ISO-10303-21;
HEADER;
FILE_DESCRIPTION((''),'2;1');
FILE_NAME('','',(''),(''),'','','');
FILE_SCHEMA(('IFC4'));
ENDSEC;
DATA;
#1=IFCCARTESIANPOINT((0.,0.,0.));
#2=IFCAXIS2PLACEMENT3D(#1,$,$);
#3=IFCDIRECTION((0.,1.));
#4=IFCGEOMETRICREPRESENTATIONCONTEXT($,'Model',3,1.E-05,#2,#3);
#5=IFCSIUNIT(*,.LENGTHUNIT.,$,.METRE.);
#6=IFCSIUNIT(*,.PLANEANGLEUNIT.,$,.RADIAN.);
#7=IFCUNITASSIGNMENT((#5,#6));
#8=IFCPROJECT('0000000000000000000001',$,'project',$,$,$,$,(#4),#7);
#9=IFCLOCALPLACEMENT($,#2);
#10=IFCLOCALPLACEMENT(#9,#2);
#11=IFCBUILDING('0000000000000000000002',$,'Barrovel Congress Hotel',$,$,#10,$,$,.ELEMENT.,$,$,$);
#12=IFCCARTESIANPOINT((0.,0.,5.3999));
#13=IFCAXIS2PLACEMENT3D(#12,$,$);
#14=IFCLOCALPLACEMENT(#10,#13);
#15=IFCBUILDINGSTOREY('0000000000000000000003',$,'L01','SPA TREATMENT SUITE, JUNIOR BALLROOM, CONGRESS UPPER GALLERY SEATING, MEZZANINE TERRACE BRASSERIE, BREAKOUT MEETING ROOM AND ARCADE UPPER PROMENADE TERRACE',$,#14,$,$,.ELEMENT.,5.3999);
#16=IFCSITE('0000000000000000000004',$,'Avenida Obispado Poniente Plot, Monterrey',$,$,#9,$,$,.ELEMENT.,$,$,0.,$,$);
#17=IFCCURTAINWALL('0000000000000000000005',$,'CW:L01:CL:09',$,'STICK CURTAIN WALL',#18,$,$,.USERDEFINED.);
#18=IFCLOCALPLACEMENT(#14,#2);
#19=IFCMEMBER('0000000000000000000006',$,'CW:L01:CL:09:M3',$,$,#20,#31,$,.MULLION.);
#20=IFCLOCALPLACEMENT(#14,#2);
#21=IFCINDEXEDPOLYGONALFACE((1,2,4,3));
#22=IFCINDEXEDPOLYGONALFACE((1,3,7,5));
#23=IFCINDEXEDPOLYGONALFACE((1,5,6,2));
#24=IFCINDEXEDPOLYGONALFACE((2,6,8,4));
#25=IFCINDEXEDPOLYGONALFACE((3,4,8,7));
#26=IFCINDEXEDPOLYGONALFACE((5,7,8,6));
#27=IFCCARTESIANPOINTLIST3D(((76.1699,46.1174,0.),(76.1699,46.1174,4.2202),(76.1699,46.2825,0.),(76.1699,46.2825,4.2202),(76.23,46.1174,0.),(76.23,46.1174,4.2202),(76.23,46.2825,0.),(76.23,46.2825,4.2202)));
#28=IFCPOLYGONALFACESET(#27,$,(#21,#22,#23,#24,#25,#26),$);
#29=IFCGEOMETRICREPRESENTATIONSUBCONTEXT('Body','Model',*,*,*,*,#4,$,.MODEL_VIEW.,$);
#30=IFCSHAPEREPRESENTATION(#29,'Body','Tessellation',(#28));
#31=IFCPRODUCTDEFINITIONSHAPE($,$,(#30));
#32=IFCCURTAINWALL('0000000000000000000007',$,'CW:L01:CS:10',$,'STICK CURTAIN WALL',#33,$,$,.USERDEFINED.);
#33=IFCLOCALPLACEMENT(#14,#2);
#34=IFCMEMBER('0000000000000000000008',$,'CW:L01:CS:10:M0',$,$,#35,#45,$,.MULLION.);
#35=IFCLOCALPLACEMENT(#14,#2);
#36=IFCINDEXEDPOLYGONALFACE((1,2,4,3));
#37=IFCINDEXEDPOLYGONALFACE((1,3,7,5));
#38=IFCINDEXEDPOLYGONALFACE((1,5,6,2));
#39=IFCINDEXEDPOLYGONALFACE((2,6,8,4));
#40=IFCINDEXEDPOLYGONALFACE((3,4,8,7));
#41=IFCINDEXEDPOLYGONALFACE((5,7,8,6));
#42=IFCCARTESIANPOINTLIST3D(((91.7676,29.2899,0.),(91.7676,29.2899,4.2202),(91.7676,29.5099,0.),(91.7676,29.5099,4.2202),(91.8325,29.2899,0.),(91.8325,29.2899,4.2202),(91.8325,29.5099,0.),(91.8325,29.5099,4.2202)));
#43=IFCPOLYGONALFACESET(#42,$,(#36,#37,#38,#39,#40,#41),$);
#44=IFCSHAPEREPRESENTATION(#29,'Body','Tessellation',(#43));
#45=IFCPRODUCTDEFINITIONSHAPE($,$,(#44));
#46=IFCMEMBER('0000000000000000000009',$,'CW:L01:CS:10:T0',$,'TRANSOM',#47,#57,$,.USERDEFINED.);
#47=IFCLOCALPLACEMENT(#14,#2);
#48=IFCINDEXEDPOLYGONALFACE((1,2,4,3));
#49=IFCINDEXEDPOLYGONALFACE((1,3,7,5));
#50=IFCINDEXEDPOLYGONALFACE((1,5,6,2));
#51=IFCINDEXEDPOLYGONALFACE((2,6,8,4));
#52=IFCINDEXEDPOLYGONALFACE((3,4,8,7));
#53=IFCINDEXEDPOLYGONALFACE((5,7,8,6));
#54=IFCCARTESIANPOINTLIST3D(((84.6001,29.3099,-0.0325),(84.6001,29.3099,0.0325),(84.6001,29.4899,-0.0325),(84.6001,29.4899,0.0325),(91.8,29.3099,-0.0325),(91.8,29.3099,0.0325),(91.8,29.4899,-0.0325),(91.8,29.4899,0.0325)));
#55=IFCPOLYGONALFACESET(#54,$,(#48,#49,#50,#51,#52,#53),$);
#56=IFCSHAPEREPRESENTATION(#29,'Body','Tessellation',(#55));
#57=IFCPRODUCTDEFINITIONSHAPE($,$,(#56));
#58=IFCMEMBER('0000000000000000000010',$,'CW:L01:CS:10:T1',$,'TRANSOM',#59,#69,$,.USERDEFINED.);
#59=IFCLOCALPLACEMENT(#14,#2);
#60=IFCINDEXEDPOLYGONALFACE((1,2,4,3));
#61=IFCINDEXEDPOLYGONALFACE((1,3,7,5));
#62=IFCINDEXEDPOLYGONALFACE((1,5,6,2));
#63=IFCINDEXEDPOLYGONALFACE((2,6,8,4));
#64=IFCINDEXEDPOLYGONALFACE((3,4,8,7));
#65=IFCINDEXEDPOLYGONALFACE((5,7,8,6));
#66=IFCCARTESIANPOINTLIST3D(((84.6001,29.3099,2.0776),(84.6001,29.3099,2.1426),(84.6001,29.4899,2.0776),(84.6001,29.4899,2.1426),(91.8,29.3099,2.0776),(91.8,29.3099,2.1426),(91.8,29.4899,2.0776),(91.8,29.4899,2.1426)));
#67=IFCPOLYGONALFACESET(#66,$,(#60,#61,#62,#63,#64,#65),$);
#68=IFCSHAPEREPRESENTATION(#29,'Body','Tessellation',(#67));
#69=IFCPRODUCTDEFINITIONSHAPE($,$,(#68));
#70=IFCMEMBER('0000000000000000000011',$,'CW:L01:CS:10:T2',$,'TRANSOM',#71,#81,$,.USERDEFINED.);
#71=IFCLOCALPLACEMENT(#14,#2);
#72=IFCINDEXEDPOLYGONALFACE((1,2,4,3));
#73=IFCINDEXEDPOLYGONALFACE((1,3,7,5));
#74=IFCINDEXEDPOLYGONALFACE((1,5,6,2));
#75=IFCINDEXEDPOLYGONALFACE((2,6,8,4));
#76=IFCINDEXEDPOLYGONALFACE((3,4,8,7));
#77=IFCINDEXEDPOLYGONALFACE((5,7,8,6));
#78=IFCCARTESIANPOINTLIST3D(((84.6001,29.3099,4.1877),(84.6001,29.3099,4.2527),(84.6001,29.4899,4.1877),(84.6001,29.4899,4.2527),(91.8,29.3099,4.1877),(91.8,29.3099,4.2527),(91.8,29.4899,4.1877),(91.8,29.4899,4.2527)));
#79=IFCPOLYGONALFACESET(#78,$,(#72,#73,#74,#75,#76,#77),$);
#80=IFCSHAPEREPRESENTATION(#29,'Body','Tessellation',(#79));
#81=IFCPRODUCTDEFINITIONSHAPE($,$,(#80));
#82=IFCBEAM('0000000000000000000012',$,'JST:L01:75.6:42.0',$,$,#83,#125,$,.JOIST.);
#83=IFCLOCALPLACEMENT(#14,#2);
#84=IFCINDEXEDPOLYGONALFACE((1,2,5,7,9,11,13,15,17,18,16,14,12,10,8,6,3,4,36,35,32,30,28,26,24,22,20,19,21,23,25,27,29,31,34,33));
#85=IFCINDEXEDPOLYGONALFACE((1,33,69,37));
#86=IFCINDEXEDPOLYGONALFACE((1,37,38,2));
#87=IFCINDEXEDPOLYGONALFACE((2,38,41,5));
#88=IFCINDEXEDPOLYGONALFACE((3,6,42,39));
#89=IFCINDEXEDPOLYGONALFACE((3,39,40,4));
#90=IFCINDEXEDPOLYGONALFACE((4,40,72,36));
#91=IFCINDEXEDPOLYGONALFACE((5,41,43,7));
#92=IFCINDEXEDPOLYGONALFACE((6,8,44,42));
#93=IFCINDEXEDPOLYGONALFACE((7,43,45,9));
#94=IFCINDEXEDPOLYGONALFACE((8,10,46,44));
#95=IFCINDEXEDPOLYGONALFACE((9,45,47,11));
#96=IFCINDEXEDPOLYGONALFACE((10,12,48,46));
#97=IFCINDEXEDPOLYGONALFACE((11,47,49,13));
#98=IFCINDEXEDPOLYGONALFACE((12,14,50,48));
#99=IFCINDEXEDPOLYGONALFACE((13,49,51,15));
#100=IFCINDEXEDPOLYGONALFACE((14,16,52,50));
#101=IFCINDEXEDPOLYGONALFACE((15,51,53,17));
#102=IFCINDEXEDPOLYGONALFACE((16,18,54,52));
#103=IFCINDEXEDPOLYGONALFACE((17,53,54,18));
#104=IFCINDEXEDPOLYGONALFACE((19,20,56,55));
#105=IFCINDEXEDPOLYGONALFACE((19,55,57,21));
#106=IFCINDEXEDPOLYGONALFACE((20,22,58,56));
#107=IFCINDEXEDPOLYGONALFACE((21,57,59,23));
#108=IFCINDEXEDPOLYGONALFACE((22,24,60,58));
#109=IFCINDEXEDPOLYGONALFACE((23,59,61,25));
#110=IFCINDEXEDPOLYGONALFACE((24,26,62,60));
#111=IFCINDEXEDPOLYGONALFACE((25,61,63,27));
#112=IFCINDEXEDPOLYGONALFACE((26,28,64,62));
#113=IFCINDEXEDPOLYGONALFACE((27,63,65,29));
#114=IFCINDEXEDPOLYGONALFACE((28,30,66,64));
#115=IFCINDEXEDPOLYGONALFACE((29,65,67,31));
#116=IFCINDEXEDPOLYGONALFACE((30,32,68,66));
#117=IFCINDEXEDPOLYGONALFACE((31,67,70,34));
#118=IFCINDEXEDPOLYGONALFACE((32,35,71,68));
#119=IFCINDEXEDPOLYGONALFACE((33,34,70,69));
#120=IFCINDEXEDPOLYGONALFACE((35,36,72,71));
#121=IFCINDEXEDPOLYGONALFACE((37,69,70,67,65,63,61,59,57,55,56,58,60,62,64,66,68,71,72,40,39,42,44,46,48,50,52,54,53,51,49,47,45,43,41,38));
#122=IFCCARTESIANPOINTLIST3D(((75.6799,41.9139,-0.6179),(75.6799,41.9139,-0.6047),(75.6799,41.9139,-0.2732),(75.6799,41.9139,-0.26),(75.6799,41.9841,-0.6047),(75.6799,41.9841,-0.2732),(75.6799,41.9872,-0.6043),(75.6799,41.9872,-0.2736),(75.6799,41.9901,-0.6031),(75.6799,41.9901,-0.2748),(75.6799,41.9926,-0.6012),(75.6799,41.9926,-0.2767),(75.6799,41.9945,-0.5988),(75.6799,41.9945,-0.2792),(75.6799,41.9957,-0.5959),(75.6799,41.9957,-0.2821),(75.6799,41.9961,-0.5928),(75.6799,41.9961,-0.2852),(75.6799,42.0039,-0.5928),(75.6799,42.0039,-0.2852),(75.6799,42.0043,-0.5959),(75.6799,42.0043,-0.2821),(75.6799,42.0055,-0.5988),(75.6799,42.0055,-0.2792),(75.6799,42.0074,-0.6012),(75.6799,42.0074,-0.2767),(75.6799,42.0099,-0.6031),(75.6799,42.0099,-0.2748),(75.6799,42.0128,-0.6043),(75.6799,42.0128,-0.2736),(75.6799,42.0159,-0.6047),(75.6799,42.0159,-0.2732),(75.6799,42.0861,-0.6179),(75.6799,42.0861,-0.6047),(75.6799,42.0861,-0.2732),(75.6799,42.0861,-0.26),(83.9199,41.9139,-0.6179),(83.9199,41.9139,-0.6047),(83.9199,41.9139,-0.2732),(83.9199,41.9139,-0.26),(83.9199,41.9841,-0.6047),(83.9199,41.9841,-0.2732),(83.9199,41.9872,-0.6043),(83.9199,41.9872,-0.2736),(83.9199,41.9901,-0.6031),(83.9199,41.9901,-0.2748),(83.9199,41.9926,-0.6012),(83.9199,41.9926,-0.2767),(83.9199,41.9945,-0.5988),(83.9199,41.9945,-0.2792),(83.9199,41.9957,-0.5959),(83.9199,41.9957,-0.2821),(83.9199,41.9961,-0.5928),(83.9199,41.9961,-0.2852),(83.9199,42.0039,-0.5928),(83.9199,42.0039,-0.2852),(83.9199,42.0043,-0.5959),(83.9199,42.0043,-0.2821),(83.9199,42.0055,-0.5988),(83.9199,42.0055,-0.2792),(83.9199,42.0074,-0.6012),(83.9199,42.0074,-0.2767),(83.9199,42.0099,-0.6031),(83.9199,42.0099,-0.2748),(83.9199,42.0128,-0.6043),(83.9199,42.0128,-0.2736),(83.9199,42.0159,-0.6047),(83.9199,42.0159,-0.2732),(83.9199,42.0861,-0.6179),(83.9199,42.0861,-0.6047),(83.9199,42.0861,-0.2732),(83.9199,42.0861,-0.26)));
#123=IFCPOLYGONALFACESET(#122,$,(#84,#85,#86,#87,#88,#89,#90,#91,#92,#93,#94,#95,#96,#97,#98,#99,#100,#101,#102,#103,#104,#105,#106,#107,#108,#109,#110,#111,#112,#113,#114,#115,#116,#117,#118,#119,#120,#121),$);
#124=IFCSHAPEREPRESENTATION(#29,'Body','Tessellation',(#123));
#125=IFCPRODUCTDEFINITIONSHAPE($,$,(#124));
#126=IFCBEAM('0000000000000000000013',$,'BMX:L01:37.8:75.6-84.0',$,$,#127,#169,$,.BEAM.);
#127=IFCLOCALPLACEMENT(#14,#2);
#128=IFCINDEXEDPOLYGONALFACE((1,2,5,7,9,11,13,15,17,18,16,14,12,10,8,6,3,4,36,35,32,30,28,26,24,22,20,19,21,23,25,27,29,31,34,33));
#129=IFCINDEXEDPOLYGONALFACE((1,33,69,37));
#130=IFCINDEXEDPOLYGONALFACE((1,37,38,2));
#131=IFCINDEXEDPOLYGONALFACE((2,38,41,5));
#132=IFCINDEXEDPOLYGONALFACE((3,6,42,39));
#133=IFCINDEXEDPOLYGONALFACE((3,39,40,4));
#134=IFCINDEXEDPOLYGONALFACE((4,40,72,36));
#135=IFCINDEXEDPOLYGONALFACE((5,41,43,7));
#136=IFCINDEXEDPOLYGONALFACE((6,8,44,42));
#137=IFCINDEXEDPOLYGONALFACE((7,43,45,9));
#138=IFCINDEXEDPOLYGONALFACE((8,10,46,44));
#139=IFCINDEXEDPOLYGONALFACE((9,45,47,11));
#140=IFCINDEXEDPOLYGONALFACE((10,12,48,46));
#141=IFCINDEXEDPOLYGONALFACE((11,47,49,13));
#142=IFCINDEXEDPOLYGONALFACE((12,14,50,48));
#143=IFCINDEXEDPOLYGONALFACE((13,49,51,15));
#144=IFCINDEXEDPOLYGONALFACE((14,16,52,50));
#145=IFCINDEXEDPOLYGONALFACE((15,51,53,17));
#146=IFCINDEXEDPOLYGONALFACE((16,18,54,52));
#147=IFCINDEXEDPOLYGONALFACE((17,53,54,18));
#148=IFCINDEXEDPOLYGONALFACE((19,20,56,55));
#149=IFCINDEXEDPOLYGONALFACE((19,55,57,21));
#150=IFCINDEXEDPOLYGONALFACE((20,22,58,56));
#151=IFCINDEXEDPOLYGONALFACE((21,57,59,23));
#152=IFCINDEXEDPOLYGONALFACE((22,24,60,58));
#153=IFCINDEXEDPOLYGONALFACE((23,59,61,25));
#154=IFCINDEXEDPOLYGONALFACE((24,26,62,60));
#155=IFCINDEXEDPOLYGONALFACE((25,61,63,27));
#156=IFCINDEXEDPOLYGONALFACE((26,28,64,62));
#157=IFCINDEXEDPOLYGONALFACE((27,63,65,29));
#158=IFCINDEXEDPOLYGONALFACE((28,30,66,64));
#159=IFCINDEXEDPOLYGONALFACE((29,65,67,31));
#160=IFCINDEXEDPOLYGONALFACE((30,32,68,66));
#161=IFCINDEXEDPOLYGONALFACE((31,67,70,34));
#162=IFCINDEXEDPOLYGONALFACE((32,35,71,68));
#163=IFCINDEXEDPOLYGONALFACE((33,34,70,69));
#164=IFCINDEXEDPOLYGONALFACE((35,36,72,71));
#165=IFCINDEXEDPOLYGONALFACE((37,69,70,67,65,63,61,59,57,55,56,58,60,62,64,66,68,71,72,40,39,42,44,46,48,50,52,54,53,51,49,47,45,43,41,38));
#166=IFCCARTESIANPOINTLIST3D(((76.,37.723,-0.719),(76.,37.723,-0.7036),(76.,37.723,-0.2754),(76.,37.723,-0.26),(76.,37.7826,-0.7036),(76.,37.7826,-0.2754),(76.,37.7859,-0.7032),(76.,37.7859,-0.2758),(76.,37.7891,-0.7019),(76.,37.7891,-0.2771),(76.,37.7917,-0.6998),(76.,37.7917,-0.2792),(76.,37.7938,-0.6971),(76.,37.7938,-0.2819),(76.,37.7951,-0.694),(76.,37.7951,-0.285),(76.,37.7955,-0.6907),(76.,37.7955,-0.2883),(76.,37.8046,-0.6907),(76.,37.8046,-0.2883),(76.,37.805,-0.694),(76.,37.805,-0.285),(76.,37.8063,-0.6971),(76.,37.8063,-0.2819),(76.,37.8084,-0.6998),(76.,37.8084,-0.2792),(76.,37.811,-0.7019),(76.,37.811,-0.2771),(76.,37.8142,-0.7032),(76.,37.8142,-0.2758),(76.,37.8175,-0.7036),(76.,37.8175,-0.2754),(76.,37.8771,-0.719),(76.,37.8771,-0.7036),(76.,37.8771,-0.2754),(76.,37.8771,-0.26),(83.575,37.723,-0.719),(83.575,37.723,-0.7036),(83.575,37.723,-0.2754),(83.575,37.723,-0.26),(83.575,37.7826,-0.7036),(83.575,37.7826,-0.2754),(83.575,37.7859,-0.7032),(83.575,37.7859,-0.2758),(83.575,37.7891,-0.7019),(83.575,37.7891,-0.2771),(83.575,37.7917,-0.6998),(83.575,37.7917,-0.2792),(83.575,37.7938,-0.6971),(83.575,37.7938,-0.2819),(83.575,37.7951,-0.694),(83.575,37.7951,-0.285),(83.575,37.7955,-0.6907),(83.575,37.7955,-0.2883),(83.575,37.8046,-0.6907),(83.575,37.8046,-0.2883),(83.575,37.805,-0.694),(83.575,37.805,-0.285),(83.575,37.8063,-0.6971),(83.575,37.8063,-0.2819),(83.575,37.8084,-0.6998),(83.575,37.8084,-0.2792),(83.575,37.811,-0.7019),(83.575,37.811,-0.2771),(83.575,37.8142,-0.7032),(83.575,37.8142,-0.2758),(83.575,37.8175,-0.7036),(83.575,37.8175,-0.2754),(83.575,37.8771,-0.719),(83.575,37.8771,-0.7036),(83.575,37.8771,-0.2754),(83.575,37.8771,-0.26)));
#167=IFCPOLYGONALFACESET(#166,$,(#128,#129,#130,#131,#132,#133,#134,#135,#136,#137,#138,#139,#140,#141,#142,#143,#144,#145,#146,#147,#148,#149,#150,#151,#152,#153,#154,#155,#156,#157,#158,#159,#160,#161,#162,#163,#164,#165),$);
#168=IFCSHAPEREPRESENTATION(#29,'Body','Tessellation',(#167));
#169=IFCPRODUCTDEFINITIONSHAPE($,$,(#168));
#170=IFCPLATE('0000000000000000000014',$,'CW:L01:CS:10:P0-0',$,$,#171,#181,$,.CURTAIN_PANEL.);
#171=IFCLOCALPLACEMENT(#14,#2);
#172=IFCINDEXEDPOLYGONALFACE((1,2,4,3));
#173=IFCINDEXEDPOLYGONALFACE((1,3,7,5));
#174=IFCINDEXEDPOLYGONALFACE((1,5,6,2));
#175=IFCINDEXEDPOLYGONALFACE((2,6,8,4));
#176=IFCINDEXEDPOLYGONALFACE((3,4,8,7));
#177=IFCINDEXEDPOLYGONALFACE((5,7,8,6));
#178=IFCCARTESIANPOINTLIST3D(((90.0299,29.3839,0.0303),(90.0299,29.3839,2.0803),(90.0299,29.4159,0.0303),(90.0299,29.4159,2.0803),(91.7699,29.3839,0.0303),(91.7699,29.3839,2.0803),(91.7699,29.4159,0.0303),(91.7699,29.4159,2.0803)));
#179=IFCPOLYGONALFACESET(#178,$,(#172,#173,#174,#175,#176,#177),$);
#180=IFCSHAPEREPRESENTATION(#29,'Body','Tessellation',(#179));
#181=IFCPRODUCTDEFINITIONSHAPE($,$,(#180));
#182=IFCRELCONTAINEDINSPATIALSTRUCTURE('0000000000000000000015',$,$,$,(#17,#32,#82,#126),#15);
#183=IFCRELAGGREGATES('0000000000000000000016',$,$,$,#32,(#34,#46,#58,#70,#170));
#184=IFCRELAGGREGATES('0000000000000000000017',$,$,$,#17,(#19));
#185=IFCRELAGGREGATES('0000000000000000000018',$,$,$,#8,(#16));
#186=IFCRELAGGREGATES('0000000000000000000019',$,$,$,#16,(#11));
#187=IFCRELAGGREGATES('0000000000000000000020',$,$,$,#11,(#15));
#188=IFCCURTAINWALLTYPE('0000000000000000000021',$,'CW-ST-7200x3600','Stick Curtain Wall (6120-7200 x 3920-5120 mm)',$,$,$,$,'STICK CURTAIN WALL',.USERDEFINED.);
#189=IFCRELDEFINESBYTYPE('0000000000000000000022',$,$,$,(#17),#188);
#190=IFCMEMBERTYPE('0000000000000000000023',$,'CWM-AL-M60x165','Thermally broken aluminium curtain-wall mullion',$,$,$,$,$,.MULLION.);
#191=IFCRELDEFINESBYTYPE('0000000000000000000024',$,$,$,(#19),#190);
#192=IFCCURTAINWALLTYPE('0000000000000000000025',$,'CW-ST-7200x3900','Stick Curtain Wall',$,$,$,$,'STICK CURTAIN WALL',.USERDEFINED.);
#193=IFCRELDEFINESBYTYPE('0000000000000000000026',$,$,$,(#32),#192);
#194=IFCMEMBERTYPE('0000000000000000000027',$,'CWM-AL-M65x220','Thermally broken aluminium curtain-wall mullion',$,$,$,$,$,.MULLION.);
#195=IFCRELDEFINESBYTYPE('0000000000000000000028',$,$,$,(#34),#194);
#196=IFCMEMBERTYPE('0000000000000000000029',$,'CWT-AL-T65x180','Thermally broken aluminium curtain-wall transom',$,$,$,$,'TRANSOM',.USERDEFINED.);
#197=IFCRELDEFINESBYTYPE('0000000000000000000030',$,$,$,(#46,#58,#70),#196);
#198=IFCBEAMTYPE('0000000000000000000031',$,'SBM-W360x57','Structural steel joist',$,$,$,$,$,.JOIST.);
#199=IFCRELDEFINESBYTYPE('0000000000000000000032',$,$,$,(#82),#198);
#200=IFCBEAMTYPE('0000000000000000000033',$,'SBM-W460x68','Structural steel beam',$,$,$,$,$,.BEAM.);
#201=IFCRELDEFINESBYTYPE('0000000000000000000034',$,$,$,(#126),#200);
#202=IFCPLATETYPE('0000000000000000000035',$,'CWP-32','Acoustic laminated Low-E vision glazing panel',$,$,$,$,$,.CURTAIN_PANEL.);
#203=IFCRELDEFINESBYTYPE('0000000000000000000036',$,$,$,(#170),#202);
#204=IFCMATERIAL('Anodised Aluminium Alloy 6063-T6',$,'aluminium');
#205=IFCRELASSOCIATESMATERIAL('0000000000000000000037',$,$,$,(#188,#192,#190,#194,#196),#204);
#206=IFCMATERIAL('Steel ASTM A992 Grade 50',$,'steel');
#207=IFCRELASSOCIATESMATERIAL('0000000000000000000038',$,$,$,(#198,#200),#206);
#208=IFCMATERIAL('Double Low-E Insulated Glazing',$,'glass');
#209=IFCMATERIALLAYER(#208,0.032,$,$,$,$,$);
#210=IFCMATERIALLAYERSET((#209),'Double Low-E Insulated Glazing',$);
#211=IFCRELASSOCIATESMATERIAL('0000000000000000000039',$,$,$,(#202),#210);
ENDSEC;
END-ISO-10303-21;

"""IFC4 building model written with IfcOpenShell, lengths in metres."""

from ifc_helpers import new_model, si_unit, direction, frame, origin, origin_2d, place, context, subcontext, project, spatial, rectangle, i_section, extrude, material, layer, layer_set, material_profile, profile_set, type_object, element, aggregate, save


model = new_model("IFC4")

# Units and contexts
model_context = context("Model", 3, precision=1e-05, world=origin(), true_north=direction((0.0, 1.0)))
body_context = subcontext(model_context, "Body", "Model", "MODEL_VIEW")
ifc_project = project(units=[si_unit("LENGTHUNIT", "METRE"), si_unit("PLANEANGLEUNIT", "RADIAN")], contexts=[model_context])

# Site, building, storey
site_placement = place(None, origin())
site = spatial("IfcSite", under=ifc_project, at=site_placement, Name="Avenida Obispado Poniente Plot, Monterrey", CompositionType="ELEMENT", RefElevation=0.0)
building_placement = place(site_placement, origin())
building = spatial("IfcBuilding", under=site, at=building_placement, Name="Barrovel Congress Hotel", CompositionType="ELEMENT")
storey_placement = place(building_placement, frame((0.0, 0.0, 5.3999)))
storey = spatial("IfcBuildingStorey", under=building, at=storey_placement, Name="L01", Description="SPA TREATMENT SUITE, JUNIOR BALLROOM, CONGRESS UPPER GALLERY SEATING, MEZZANINE TERRACE BRASSERIE, BREAKOUT MEETING ROOM AND ARCADE UPPER PROMENADE TERRACE", CompositionType="ELEMENT", Elevation=5.3999)

# Curtain wall, member
ifc_material_1 = material(Name="Anodised Aluminium Alloy 6063-T6", Category="aluminium")
curtain_wall_type_1 = type_object("IfcCurtainWallType", Name="CW-ST-7200x3600", Description="Stick Curtain Wall (6120-7200 x 3920-5120 mm)", ElementType="STICK CURTAIN WALL", PredefinedType="USERDEFINED", material=ifc_material_1)
curtain_wall_1_placement = place(storey_placement, origin())
curtain_wall_1 = element("IfcCurtainWall", 1, at=curtain_wall_1_placement, inside=storey, type_object=curtain_wall_type_1, Name="CW:L01:CL:09", ObjectType="STICK CURTAIN WALL", PredefinedType="USERDEFINED")
ifc_material_profile_1 = material_profile(ifc_material_1, rectangle(XDim=0.0601, YDim=0.165, at=origin_2d()), Name="AL-M60x165")
ifc_profile_set_1 = profile_set([ifc_material_profile_1], Name="Anodised Aluminium Alloy 6063-T6")
member_type_1 = type_object("IfcMemberType", Name="CWM-AL-M60x165", Description="Thermally broken aluminium curtain-wall mullion", PredefinedType="MULLION", material=ifc_profile_set_1)
member_1_placement = place(storey_placement, frame((76.2, 46.2, 0.0), z_axis=(0.0, 0.0, 1.0), x_axis=(1.0, 0.0, 0.0)))
member_1 = element("IfcMember", 2, at=member_1_placement, type_object=member_type_1, Name="CW:L01:CL:09:M3", PredefinedType="MULLION", context=body_context, shape_type="SweptSolid", body=[
    extrude(rectangle(XDim=0.0601, YDim=0.165, at=origin_2d()), origin(), (0.0, 0.0, 1.0), 4.2202),
])

# Curtain wall, members
curtain_wall_type_2 = type_object("IfcCurtainWallType", Name="CW-ST-7200x3900", Description="Stick Curtain Wall", ElementType="STICK CURTAIN WALL", PredefinedType="USERDEFINED", material=ifc_material_1)
curtain_wall_2_placement = place(storey_placement, origin())
curtain_wall_2 = element("IfcCurtainWall", 3, at=curtain_wall_2_placement, inside=storey, type_object=curtain_wall_type_2, Name="CW:L01:CS:10", ObjectType="STICK CURTAIN WALL", PredefinedType="USERDEFINED")
ifc_material_profile_2 = material_profile(ifc_material_1, rectangle(XDim=0.0649, YDim=0.22, at=origin_2d()), Name="AL-M65x220")
ifc_profile_set_2 = profile_set([ifc_material_profile_2], Name="Anodised Aluminium Alloy 6063-T6")
member_type_2 = type_object("IfcMemberType", Name="CWM-AL-M65x220", Description="Thermally broken aluminium curtain-wall mullion", PredefinedType="MULLION", material=ifc_profile_set_2)
member_2_placement = place(storey_placement, frame((91.8, 29.3999, 0.0), z_axis=(0.0, 0.0, 1.0), x_axis=(1.0, 0.0, 0.0)))
member_2 = element("IfcMember", 4, at=member_2_placement, type_object=member_type_2, Name="CW:L01:CS:10:M0", PredefinedType="MULLION", context=body_context, shape_type="SweptSolid", body=[
    extrude(rectangle(XDim=0.0649, YDim=0.22, at=origin_2d()), origin(), (0.0, 0.0, 1.0), 4.2202),
])
ifc_material_profile_3 = material_profile(ifc_material_1, rectangle(XDim=0.1799, YDim=0.0649, at=origin_2d()), Name="AL-T65x180")
ifc_profile_set_3 = profile_set([ifc_material_profile_3], Name="Anodised Aluminium Alloy 6063-T6")
member_type_3 = type_object("IfcMemberType", Name="CWT-AL-T65x180", Description="Thermally broken aluminium curtain-wall transom", ElementType="TRANSOM", PredefinedType="USERDEFINED", material=ifc_profile_set_3)
member_3_placement = place(storey_placement, frame((91.8, 29.3999, 0.0), z_axis=(-1.0, 0.0, 0.0), x_axis=(0.0, -1.0, 0.0)))
member_3 = element("IfcMember", 5, at=member_3_placement, type_object=member_type_3, Name="CW:L01:CS:10:T0", ObjectType="TRANSOM", PredefinedType="USERDEFINED", context=body_context, shape_type="SweptSolid", body=[
    extrude(rectangle(XDim=0.1799, YDim=0.0649, at=origin_2d()), origin(), (0.0, 0.0, 1.0), 7.2),
])
member_4_placement = place(storey_placement, frame((91.8, 29.3999, 2.1101), z_axis=(-1.0, 0.0, 0.0), x_axis=(0.0, -1.0, 0.0)))
member_4 = element("IfcMember", 6, at=member_4_placement, type_object=member_type_3, Name="CW:L01:CS:10:T1", ObjectType="TRANSOM", PredefinedType="USERDEFINED", context=body_context, shape_type="SweptSolid", body=[
    extrude(rectangle(XDim=0.1799, YDim=0.0649, at=origin_2d()), origin(), (0.0, 0.0, 1.0), 7.2),
])
member_5_placement = place(storey_placement, frame((91.8, 29.3999, 4.2202), z_axis=(-1.0, 0.0, 0.0), x_axis=(0.0, -1.0, 0.0)))
member_5 = element("IfcMember", 7, at=member_5_placement, type_object=member_type_3, Name="CW:L01:CS:10:T2", ObjectType="TRANSOM", PredefinedType="USERDEFINED", context=body_context, shape_type="SweptSolid", body=[
    extrude(rectangle(XDim=0.1799, YDim=0.0649, at=origin_2d()), origin(), (0.0, 0.0, 1.0), 7.2),
])

# Beams
ifc_material_2 = material(Name="Steel ASTM A992 Grade 50", Category="steel")
ifc_material_profile_4 = material_profile(ifc_material_2, i_section(OverallWidth=0.1721, OverallDepth=0.3579, WebThickness=0.0078, FlangeThickness=0.0132, FilletRadius=0.012, at=origin_2d()), Name="W360x57")
ifc_profile_set_4 = profile_set([ifc_material_profile_4], Name="Steel ASTM A992 Grade 50")
beam_type_1 = type_object("IfcBeamType", Name="SBM-W360x57", Description="Structural steel joist", PredefinedType="JOIST", material=ifc_profile_set_4)
beam_1_placement = place(storey_placement, frame((75.6799, 42.0, -0.439), z_axis=(1.0, 0.0, 0.0), x_axis=(0.0, 1.0, 0.0)))
element("IfcBeam", 8, at=beam_1_placement, inside=storey, type_object=beam_type_1, Name="JST:L01:75.6:42.0", PredefinedType="JOIST", context=body_context, shape_type="SweptSolid", body=[
    extrude(i_section(OverallWidth=0.1721, OverallDepth=0.3579, WebThickness=0.0078, FlangeThickness=0.0132, FilletRadius=0.012, at=origin_2d()), origin(), (0.0, 0.0, 1.0), 8.24),
])
ifc_material_profile_5 = material_profile(ifc_material_2, i_section(OverallWidth=0.1541, OverallDepth=0.459, WebThickness=0.009, FlangeThickness=0.0154, FilletRadius=0.0129, at=origin_2d()), Name="W460x68")
ifc_profile_set_5 = profile_set([ifc_material_profile_5], Name="Steel ASTM A992 Grade 50")
beam_type_2 = type_object("IfcBeamType", Name="SBM-W460x68", Description="Structural steel beam", PredefinedType="BEAM", material=ifc_profile_set_5)
beam_2_placement = place(storey_placement, frame((76.0, 37.8, -0.4895), z_axis=(1.0, 0.0, 0.0), x_axis=(0.0, 1.0, 0.0)))
element("IfcBeam", 9, at=beam_2_placement, inside=storey, type_object=beam_type_2, Name="BMX:L01:37.8:75.6-84.0", PredefinedType="BEAM", context=body_context, shape_type="SweptSolid", body=[
    extrude(i_section(OverallWidth=0.1541, OverallDepth=0.459, WebThickness=0.009, FlangeThickness=0.0154, FilletRadius=0.0129, at=origin_2d()), origin(), (0.0, 0.0, 1.0), 7.575),
])

# Plate
ifc_material_3 = material(Name="Double Low-E Insulated Glazing", Category="glass")
ifc_layer_1 = layer(ifc_material_3, 0.032)
ifc_layer_set_1 = layer_set([ifc_layer_1], Name="Double Low-E Insulated Glazing")
plate_type = type_object("IfcPlateType", Name="CWP-32", Description="Acoustic laminated Low-E vision glazing panel", PredefinedType="CURTAIN_PANEL", material=ifc_layer_set_1)
plate_1_placement = place(storey_placement, frame((90.8999, 29.3999, 0.0303), z_axis=(0.0, 0.0, 1.0), x_axis=(-1.0, 0.0, 0.0)))
plate_1 = element("IfcPlate", 10, at=plate_1_placement, type_object=plate_type, Name="CW:L01:CS:10:P0-0", PredefinedType="CURTAIN_PANEL", context=body_context, shape_type="SweptSolid", body=[
    extrude(rectangle(XDim=1.74, YDim=0.032, at=origin_2d()), origin(), (0.0, 0.0, 1.0), 2.05),
])
aggregate(curtain_wall_2, [member_2, member_3, member_4, member_5, plate_1])
aggregate(curtain_wall_1, [member_1])

save(model, "model.ifc")
